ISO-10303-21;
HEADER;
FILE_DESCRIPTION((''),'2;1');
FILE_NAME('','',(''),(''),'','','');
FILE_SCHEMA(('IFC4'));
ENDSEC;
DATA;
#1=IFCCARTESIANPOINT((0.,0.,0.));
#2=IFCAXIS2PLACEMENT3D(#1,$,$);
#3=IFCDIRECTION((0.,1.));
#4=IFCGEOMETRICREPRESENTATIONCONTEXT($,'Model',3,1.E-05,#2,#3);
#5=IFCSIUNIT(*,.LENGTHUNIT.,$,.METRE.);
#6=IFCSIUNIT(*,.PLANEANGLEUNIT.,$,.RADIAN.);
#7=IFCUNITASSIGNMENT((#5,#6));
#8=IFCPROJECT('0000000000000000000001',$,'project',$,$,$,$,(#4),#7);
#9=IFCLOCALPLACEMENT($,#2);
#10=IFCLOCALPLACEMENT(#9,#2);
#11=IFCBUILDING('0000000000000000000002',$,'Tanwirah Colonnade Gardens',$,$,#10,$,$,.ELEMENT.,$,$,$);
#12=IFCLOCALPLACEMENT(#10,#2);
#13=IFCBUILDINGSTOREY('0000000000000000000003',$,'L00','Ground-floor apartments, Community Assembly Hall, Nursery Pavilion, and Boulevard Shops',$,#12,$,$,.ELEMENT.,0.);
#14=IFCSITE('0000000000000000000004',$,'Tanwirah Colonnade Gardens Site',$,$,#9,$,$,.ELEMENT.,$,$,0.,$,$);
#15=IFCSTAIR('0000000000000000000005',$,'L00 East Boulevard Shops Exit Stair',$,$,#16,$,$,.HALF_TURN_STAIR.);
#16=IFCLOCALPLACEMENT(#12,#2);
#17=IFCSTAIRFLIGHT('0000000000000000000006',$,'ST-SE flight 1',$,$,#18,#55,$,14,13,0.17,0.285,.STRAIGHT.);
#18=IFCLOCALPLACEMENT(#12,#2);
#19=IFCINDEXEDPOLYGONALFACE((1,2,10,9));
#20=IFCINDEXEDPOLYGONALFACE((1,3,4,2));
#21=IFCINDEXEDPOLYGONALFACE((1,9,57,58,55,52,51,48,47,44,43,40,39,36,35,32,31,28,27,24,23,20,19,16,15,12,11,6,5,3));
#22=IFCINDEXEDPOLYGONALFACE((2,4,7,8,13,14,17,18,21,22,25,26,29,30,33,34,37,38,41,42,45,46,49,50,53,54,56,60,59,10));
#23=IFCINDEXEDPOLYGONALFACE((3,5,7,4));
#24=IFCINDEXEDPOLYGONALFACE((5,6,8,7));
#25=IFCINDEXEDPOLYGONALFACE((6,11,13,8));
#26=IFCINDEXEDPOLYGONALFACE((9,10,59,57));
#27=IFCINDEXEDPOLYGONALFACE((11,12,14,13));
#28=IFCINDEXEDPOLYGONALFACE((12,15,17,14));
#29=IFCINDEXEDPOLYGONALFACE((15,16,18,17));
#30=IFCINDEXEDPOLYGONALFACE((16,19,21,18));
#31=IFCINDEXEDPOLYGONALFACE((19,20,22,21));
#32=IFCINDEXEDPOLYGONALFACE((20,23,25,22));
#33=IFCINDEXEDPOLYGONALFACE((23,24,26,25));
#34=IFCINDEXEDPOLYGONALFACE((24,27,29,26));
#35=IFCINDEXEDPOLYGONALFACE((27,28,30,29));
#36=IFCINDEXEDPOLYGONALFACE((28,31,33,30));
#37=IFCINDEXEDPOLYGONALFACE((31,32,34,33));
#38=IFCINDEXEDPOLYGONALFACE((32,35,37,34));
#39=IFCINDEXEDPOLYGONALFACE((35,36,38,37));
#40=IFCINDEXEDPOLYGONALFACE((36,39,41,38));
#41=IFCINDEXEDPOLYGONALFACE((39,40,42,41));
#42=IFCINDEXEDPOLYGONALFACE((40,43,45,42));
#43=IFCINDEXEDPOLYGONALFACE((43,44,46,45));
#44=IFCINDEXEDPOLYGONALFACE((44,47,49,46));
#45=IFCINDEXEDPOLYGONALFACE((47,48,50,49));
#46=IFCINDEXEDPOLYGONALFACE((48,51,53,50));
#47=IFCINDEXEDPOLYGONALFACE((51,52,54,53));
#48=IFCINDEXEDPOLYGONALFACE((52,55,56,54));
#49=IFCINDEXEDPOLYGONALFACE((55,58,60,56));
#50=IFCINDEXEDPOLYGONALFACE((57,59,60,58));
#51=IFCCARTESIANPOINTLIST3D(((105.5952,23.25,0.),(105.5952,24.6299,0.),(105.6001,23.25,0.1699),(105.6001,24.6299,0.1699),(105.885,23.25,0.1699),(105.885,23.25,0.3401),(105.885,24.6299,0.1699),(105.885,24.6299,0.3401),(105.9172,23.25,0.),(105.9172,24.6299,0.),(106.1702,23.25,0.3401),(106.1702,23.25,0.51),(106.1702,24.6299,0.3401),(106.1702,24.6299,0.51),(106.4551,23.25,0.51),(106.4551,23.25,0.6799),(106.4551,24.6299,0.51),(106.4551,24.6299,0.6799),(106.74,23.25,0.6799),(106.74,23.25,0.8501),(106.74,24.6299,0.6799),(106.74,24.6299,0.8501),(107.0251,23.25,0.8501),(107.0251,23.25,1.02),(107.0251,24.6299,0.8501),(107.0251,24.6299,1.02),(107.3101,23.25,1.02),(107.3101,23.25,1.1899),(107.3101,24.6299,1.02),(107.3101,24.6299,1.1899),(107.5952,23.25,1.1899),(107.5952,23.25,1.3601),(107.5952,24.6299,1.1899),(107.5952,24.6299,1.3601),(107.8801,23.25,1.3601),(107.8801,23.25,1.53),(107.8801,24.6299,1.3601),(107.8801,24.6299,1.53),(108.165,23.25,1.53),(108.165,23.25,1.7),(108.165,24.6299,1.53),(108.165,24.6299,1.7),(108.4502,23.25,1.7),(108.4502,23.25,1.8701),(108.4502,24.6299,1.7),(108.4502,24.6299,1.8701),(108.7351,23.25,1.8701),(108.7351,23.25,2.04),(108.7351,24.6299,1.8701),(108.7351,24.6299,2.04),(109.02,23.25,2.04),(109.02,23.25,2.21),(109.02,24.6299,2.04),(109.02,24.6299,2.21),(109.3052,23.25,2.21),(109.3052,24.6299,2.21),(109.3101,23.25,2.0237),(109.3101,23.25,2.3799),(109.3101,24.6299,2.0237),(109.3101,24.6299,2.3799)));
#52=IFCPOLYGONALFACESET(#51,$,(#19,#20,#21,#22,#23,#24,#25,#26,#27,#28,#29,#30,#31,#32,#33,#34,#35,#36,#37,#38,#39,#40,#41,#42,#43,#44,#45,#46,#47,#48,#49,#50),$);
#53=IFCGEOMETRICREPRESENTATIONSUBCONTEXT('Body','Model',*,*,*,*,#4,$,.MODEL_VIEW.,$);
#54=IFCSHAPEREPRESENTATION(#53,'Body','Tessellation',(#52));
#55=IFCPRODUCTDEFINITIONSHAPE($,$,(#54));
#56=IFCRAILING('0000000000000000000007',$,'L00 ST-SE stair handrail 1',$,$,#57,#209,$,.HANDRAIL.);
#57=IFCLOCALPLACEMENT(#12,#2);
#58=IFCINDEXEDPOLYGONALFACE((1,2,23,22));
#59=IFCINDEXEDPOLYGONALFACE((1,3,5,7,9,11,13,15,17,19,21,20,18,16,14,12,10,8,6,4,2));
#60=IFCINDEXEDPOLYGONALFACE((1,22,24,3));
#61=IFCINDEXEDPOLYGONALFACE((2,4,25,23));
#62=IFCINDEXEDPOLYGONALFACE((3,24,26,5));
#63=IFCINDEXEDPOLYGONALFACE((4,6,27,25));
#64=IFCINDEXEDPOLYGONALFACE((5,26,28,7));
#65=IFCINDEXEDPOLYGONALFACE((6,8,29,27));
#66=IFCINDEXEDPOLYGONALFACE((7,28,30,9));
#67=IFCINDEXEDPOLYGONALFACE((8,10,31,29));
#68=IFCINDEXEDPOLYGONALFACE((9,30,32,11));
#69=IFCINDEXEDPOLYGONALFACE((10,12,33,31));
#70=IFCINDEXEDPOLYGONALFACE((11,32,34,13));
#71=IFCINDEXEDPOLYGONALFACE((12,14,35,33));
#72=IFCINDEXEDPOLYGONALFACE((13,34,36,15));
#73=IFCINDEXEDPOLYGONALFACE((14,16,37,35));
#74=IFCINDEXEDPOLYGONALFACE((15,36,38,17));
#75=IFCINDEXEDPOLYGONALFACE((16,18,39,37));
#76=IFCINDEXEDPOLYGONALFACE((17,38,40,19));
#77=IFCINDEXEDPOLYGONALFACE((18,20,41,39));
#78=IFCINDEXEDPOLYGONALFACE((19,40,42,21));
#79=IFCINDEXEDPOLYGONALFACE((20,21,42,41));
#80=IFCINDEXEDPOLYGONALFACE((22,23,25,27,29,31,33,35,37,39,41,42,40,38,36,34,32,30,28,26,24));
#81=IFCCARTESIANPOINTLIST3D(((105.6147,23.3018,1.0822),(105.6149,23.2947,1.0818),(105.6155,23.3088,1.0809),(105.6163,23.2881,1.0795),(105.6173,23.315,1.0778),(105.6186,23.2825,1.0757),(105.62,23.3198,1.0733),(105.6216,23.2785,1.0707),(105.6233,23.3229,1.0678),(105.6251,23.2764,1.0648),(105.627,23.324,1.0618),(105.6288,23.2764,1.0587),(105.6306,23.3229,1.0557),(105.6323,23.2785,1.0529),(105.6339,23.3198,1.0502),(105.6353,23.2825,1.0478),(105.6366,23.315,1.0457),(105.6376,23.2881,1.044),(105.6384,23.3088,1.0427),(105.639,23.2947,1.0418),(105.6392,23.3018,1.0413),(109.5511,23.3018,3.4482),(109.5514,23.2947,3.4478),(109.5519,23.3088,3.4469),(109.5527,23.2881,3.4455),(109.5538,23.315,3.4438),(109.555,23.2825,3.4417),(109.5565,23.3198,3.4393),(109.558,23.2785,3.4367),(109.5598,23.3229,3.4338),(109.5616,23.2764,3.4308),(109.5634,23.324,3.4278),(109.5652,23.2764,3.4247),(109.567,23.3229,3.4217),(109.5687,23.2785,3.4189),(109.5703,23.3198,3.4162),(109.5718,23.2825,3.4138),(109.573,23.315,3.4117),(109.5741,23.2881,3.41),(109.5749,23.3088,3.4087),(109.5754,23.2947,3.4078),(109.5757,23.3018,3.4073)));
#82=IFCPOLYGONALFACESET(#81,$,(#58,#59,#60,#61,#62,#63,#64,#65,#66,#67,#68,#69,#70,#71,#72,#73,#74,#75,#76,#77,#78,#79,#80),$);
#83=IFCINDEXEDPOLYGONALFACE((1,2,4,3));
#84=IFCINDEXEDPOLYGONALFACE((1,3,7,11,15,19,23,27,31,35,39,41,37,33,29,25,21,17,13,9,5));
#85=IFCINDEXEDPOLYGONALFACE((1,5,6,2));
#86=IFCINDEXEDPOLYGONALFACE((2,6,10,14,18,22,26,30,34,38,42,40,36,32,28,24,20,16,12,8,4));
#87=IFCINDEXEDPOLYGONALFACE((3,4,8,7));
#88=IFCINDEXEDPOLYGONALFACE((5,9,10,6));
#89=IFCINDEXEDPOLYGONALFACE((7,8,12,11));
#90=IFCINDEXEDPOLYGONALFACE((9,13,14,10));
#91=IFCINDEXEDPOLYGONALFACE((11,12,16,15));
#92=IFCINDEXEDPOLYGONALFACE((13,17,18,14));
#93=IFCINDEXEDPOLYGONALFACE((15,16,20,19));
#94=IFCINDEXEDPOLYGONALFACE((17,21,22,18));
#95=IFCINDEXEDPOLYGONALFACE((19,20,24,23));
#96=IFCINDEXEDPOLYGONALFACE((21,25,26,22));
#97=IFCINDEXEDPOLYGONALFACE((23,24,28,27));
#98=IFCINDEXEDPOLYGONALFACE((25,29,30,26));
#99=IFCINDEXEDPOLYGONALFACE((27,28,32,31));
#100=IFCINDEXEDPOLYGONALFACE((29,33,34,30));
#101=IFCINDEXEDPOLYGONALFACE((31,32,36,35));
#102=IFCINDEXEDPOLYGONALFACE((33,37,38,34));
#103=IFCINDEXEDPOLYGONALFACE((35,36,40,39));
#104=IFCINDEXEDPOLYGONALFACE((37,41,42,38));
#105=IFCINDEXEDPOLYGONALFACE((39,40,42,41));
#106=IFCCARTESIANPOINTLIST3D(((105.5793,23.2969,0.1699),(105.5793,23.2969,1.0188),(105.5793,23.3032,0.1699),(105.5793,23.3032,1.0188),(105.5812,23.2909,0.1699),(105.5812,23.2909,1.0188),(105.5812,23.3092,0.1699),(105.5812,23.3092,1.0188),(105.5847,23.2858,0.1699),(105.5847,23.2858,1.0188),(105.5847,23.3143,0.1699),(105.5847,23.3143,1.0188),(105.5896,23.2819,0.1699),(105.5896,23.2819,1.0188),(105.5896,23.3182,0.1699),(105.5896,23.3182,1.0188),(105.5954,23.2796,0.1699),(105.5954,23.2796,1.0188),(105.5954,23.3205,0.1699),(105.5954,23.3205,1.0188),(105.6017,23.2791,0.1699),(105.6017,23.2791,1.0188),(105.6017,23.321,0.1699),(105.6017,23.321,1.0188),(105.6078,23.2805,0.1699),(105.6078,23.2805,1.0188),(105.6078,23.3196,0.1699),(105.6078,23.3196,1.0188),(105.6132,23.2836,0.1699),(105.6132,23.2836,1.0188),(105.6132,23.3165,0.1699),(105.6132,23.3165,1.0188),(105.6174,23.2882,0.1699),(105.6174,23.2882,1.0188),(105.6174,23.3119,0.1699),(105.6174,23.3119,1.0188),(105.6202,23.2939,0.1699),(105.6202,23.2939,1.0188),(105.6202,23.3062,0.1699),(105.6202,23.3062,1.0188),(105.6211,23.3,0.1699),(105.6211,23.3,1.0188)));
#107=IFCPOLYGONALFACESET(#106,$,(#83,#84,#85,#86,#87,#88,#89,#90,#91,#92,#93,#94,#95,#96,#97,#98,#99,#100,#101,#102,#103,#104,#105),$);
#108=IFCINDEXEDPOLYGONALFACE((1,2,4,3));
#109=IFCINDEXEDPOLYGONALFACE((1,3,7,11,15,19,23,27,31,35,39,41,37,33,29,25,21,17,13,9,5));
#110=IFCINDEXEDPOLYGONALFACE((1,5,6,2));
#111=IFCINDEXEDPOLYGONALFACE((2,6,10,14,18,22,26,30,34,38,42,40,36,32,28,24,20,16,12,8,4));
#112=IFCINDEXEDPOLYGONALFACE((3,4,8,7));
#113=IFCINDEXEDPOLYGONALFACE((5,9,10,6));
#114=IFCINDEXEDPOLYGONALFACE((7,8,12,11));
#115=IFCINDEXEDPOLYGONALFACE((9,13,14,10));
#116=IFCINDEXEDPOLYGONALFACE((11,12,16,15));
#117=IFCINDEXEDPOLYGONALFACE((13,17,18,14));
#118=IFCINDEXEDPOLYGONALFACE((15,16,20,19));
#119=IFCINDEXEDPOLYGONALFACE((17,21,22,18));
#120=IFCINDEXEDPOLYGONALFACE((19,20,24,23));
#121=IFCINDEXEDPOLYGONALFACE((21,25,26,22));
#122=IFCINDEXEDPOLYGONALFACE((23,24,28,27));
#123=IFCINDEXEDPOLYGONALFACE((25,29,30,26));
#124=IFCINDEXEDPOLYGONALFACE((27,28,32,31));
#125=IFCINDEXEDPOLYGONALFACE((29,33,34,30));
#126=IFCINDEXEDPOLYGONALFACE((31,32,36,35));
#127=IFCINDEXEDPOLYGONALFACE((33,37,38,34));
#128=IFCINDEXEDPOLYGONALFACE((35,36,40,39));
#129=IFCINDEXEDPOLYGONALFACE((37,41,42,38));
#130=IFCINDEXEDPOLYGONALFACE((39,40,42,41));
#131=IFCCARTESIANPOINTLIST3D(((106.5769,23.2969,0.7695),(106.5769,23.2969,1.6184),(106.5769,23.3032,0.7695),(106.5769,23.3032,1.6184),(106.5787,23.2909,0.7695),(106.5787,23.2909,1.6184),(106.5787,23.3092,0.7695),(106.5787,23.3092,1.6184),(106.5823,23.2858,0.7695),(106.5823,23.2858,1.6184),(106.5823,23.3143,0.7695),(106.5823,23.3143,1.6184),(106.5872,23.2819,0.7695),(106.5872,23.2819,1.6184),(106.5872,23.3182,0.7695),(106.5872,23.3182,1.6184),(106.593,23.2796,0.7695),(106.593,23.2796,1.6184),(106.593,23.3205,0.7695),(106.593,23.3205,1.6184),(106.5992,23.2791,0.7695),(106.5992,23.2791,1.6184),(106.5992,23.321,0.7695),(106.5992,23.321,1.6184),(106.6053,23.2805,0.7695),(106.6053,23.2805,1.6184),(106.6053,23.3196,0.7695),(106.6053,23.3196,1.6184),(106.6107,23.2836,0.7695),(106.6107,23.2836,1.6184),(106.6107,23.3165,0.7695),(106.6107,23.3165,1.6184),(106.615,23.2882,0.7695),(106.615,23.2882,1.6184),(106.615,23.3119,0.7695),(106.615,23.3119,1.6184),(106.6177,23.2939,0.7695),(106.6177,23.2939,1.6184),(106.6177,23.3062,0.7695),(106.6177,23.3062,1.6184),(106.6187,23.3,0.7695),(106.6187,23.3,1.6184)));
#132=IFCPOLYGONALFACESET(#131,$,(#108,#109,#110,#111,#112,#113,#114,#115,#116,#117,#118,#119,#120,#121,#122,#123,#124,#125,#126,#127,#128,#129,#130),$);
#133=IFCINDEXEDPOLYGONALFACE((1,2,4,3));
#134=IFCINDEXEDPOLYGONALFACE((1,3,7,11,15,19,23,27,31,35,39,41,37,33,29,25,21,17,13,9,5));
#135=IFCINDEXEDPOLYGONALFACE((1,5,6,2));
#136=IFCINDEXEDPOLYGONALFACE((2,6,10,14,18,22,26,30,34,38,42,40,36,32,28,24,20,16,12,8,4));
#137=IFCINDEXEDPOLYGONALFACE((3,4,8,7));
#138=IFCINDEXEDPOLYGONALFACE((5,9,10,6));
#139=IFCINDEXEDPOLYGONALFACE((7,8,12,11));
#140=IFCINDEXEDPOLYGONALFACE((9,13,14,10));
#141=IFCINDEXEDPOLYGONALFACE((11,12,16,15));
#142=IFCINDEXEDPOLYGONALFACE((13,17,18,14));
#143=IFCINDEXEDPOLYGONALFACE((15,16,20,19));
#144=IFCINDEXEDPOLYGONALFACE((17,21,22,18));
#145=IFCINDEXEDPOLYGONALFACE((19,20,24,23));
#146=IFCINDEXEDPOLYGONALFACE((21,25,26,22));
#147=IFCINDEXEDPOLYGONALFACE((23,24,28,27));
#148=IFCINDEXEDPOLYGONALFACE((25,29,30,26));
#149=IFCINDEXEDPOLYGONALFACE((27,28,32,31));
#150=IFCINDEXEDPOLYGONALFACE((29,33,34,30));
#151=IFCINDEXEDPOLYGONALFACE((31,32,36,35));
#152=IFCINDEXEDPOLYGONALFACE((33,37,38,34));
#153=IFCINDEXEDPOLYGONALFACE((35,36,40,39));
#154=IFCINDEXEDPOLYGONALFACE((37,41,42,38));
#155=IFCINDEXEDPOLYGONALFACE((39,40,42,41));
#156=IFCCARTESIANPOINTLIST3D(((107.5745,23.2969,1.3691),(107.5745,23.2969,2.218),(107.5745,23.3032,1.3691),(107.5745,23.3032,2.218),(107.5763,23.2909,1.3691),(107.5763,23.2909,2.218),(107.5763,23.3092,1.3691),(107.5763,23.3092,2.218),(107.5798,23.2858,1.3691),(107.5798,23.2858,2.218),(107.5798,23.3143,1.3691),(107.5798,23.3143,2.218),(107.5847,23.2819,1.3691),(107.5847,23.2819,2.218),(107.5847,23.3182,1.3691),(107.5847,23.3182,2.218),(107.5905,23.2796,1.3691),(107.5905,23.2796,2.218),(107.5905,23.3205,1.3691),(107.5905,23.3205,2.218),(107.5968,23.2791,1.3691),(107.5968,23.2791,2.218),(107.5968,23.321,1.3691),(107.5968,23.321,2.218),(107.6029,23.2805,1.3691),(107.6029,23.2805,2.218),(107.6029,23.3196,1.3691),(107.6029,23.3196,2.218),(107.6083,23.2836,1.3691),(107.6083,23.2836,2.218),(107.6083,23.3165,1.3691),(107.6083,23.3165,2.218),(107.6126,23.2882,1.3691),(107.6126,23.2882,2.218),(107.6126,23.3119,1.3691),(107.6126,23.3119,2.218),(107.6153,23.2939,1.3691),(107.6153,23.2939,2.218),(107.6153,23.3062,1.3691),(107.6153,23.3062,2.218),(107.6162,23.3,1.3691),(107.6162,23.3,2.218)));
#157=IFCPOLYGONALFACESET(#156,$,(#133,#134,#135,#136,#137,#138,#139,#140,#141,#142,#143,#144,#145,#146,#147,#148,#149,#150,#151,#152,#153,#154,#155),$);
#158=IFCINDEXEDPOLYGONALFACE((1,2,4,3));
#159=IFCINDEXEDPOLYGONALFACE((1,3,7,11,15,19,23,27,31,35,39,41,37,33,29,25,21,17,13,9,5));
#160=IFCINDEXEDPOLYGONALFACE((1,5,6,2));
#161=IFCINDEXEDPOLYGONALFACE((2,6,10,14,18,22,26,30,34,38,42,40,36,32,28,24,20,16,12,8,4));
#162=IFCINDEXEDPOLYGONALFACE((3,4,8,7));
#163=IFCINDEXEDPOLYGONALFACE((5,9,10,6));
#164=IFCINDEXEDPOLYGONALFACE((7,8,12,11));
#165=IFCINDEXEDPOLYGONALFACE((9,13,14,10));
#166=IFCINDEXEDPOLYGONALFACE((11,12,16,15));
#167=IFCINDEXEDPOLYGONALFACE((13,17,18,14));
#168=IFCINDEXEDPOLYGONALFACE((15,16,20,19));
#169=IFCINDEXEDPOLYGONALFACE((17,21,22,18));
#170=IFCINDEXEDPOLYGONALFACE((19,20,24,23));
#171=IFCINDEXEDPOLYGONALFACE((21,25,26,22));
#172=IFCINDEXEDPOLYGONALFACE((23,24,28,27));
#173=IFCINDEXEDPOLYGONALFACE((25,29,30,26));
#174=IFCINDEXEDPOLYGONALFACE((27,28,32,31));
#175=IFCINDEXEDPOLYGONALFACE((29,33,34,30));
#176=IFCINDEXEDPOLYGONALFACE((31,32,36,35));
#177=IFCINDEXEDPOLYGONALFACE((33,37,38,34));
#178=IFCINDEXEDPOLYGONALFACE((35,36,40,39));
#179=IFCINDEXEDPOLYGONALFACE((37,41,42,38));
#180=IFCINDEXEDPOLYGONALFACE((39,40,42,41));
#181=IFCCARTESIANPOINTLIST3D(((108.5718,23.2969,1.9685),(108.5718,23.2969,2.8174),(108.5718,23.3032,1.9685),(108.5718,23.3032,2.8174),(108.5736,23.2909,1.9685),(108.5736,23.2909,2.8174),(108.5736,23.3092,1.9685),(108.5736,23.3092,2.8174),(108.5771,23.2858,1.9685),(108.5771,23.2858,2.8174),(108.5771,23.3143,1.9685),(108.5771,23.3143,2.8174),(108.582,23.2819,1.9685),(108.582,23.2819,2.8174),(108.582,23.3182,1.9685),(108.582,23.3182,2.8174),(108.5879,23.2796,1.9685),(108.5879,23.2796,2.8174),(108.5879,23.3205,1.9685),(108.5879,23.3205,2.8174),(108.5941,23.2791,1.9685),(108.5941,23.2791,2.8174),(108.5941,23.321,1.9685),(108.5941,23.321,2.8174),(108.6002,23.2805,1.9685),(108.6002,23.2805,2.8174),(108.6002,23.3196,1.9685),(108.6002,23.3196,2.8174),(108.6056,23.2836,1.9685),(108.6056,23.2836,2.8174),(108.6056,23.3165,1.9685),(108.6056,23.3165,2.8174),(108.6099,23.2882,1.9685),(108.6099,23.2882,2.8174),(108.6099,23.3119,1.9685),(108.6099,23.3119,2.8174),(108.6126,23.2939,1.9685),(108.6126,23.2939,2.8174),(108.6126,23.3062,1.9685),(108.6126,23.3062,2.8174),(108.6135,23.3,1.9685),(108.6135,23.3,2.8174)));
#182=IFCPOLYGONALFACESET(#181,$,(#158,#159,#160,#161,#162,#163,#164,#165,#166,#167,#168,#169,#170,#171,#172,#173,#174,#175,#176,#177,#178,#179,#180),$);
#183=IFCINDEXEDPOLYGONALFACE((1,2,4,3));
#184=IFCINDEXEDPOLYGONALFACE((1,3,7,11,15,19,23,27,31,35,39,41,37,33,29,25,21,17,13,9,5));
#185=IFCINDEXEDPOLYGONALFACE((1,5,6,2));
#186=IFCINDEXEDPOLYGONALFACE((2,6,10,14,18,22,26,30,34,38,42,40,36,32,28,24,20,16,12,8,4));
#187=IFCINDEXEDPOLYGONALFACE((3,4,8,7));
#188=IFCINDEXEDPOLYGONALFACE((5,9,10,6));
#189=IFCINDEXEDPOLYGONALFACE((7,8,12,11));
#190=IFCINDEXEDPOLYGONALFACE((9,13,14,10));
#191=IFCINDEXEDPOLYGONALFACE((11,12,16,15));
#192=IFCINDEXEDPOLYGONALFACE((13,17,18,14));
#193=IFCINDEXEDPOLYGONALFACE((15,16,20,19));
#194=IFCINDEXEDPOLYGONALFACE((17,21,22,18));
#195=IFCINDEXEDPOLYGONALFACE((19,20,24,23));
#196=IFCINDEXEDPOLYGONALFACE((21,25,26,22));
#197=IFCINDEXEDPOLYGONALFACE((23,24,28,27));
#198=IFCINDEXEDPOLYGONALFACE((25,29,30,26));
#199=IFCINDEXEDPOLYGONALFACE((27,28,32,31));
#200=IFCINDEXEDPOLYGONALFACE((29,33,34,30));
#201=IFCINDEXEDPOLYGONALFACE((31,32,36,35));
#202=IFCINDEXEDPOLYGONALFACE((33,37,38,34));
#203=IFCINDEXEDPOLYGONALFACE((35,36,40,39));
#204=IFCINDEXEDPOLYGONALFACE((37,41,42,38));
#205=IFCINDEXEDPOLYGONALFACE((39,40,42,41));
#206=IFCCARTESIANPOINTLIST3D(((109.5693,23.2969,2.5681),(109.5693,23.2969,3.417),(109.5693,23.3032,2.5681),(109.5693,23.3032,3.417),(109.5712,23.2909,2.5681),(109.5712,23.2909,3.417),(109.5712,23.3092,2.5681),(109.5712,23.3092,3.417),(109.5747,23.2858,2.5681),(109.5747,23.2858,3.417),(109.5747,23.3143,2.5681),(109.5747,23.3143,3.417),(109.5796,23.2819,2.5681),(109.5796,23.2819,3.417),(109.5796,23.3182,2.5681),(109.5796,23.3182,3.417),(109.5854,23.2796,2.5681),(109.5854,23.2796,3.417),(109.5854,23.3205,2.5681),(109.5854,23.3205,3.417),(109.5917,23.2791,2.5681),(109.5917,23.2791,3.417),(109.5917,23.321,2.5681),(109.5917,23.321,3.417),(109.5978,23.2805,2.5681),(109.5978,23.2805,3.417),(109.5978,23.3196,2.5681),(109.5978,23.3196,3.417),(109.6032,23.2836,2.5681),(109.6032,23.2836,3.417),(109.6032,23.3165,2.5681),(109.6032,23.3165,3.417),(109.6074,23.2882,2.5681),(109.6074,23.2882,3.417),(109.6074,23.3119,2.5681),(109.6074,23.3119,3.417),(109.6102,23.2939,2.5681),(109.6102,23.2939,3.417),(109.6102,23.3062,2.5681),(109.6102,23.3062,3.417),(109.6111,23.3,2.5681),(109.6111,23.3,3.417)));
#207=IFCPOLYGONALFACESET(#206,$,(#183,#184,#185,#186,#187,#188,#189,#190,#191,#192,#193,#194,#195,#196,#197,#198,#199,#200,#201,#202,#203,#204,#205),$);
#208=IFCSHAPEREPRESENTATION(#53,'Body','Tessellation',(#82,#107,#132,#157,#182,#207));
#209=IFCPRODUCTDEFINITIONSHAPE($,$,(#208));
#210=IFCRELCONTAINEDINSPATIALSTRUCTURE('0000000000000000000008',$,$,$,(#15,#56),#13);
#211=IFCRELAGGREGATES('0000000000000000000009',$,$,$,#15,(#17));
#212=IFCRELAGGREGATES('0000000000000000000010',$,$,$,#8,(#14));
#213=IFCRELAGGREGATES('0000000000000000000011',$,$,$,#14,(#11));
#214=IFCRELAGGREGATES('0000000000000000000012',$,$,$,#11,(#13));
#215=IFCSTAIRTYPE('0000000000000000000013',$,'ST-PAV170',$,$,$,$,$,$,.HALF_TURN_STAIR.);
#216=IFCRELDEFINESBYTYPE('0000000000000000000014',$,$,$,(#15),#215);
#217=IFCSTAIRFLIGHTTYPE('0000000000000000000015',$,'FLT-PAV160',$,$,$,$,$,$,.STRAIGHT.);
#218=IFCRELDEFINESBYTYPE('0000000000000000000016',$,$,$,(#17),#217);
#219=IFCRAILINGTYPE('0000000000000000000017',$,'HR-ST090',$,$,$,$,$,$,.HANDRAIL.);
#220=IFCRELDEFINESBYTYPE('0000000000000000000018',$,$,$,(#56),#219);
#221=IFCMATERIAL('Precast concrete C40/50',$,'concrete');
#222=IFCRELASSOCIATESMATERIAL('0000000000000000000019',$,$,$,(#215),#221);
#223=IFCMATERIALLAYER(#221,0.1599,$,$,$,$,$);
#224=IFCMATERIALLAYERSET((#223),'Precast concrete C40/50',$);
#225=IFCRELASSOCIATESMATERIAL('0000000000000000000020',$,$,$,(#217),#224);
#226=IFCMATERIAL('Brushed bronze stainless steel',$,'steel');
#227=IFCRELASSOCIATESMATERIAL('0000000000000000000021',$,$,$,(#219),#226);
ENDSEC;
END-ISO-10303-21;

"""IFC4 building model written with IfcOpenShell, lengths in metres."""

from ifc_helpers import new_model, si_unit, direction, frame, origin, origin_2d, place, context, subcontext, project, spatial, polyline, circle, outline, extrude, material, layer, layer_set, type_object, element, aggregate, save


model = new_model("IFC4")

# Units and contexts
model_context = context("Model", 3, precision=1e-05, world=origin(), true_north=direction((0.0, 1.0)))
body_context = subcontext(model_context, "Body", "Model", "MODEL_VIEW")
ifc_project = project(units=[si_unit("LENGTHUNIT", "METRE"), si_unit("PLANEANGLEUNIT", "RADIAN")], contexts=[model_context])

# Site, building, storey
site_placement = place(None, origin())
site = spatial("IfcSite", under=ifc_project, at=site_placement, Name="Tanwirah Colonnade Gardens Site", CompositionType="ELEMENT", RefElevation=0.0)
building_placement = place(site_placement, origin())
building = spatial("IfcBuilding", under=site, at=building_placement, Name="Tanwirah Colonnade Gardens", CompositionType="ELEMENT")
storey_placement = place(building_placement, origin())
storey = spatial("IfcBuildingStorey", under=building, at=storey_placement, Name="L00", Description="Ground-floor apartments, Community Assembly Hall, Nursery Pavilion, and Boulevard Shops", CompositionType="ELEMENT", Elevation=0.0)

# Shared definitions
ifc_material_1 = material(Name="Precast concrete C40/50", Category="concrete")

# Stair, stair flight
stair_type = type_object("IfcStairType", Name="ST-PAV170", PredefinedType="HALF_TURN_STAIR", material=ifc_material_1)
stair_placement = place(storey_placement, origin())
stair = element("IfcStair", 1, at=stair_placement, inside=storey, type_object=stair_type, Name="L00 East Boulevard Shops Exit Stair", PredefinedType="HALF_TURN_STAIR")
ifc_layer_1 = layer(ifc_material_1, 0.1599)
ifc_layer_set_1 = layer_set([ifc_layer_1], Name="Precast concrete C40/50")
stair_flight_type = type_object("IfcStairFlightType", Name="FLT-PAV160", PredefinedType="STRAIGHT", material=ifc_layer_set_1)
stair_flight_placement = place(storey_placement, frame((105.6001, 23.9399, 0.0), z_axis=(0.0, 0.0, 1.0), x_axis=(1.0, 0.0, 0.0)))
stair_flight = element("IfcStairFlight", 2, at=stair_flight_placement, type_object=stair_flight_type, Name="ST-SE flight 1", NumberOfRisers=14, NumberOfTreads=13, PredefinedType="STRAIGHT", RiserHeight=0.17, TreadLength=0.285, context=body_context, shape_type="SweptSolid", body=[
    extrude(outline(polyline([(-0.0049, 0.0), (0.0, 0.1699), (0.2849, 0.1699), (0.2849, 0.3401), (0.5701, 0.3401), (0.5701, 0.51), (0.855, 0.51), (0.855, 0.6799), (1.1399, 0.6799), (1.1399, 0.8501), (1.425, 0.8501), (1.425, 1.02), (1.71, 1.02), (1.71, 1.1899), (1.9951, 1.1899), (1.9951, 1.3601), (2.28, 1.3601), (2.28, 1.53), (2.5649, 1.53), (2.5649, 1.7), (2.8501, 1.7), (2.8501, 1.8701), (3.135, 1.8701), (3.135, 2.04), (3.4199, 2.04), (3.4199, 2.21), (3.7051, 2.21), (3.71, 2.3799), (3.71, 2.0237), (0.3171, 0.0), (-0.0049, 0.0)])), frame((0.0, 0.6899, 0.0), z_axis=(0.0, -1.0, 0.0), x_axis=(1.0, 0.0, 0.0)), (0.0, 0.0, 1.0), 1.3799),
])
aggregate(stair, [stair_flight])

# Railing
ifc_material_2 = material(Name="Brushed bronze stainless steel", Category="steel")
railing_type = type_object("IfcRailingType", Name="HR-ST090", PredefinedType="HANDRAIL", material=ifc_material_2)
railing_placement = place(storey_placement, frame((105.6001, 23.3, 0.1699)))
element("IfcRailing", 3, at=railing_placement, inside=storey, type_object=railing_type, Name="L00 ST-SE stair handrail 1", PredefinedType="HANDRAIL", context=body_context, shape_type="SweptSolid", body=[
    extrude(circle(Radius=0.0239, at=origin_2d()), frame((0.0269, 0.0, 0.8918), z_axis=(0.857095, 0.0, 0.515159), x_axis=(0.0, 1.0, 0.0)), (0.0, 0.0, 1.0), 4.5928),
    extrude(circle(Radius=0.021, at=origin_2d()), origin(), (0.0, 0.0, 1.0), 0.8489),
    extrude(circle(Radius=0.021, at=origin_2d()), frame((0.9976, 0.0, 0.5996)), (0.0, 0.0, 1.0), 0.8489),
    extrude(circle(Radius=0.021, at=origin_2d()), frame((1.9951, 0.0, 1.1992)), (0.0, 0.0, 1.0), 0.8489),
    extrude(circle(Radius=0.021, at=origin_2d()), frame((2.9924, 0.0, 1.7986)), (0.0, 0.0, 1.0), 0.8489),
    extrude(circle(Radius=0.021, at=origin_2d()), frame((3.99, 0.0, 2.3982)), (0.0, 0.0, 1.0), 0.8489),
])

save(model, "model.ifc")
